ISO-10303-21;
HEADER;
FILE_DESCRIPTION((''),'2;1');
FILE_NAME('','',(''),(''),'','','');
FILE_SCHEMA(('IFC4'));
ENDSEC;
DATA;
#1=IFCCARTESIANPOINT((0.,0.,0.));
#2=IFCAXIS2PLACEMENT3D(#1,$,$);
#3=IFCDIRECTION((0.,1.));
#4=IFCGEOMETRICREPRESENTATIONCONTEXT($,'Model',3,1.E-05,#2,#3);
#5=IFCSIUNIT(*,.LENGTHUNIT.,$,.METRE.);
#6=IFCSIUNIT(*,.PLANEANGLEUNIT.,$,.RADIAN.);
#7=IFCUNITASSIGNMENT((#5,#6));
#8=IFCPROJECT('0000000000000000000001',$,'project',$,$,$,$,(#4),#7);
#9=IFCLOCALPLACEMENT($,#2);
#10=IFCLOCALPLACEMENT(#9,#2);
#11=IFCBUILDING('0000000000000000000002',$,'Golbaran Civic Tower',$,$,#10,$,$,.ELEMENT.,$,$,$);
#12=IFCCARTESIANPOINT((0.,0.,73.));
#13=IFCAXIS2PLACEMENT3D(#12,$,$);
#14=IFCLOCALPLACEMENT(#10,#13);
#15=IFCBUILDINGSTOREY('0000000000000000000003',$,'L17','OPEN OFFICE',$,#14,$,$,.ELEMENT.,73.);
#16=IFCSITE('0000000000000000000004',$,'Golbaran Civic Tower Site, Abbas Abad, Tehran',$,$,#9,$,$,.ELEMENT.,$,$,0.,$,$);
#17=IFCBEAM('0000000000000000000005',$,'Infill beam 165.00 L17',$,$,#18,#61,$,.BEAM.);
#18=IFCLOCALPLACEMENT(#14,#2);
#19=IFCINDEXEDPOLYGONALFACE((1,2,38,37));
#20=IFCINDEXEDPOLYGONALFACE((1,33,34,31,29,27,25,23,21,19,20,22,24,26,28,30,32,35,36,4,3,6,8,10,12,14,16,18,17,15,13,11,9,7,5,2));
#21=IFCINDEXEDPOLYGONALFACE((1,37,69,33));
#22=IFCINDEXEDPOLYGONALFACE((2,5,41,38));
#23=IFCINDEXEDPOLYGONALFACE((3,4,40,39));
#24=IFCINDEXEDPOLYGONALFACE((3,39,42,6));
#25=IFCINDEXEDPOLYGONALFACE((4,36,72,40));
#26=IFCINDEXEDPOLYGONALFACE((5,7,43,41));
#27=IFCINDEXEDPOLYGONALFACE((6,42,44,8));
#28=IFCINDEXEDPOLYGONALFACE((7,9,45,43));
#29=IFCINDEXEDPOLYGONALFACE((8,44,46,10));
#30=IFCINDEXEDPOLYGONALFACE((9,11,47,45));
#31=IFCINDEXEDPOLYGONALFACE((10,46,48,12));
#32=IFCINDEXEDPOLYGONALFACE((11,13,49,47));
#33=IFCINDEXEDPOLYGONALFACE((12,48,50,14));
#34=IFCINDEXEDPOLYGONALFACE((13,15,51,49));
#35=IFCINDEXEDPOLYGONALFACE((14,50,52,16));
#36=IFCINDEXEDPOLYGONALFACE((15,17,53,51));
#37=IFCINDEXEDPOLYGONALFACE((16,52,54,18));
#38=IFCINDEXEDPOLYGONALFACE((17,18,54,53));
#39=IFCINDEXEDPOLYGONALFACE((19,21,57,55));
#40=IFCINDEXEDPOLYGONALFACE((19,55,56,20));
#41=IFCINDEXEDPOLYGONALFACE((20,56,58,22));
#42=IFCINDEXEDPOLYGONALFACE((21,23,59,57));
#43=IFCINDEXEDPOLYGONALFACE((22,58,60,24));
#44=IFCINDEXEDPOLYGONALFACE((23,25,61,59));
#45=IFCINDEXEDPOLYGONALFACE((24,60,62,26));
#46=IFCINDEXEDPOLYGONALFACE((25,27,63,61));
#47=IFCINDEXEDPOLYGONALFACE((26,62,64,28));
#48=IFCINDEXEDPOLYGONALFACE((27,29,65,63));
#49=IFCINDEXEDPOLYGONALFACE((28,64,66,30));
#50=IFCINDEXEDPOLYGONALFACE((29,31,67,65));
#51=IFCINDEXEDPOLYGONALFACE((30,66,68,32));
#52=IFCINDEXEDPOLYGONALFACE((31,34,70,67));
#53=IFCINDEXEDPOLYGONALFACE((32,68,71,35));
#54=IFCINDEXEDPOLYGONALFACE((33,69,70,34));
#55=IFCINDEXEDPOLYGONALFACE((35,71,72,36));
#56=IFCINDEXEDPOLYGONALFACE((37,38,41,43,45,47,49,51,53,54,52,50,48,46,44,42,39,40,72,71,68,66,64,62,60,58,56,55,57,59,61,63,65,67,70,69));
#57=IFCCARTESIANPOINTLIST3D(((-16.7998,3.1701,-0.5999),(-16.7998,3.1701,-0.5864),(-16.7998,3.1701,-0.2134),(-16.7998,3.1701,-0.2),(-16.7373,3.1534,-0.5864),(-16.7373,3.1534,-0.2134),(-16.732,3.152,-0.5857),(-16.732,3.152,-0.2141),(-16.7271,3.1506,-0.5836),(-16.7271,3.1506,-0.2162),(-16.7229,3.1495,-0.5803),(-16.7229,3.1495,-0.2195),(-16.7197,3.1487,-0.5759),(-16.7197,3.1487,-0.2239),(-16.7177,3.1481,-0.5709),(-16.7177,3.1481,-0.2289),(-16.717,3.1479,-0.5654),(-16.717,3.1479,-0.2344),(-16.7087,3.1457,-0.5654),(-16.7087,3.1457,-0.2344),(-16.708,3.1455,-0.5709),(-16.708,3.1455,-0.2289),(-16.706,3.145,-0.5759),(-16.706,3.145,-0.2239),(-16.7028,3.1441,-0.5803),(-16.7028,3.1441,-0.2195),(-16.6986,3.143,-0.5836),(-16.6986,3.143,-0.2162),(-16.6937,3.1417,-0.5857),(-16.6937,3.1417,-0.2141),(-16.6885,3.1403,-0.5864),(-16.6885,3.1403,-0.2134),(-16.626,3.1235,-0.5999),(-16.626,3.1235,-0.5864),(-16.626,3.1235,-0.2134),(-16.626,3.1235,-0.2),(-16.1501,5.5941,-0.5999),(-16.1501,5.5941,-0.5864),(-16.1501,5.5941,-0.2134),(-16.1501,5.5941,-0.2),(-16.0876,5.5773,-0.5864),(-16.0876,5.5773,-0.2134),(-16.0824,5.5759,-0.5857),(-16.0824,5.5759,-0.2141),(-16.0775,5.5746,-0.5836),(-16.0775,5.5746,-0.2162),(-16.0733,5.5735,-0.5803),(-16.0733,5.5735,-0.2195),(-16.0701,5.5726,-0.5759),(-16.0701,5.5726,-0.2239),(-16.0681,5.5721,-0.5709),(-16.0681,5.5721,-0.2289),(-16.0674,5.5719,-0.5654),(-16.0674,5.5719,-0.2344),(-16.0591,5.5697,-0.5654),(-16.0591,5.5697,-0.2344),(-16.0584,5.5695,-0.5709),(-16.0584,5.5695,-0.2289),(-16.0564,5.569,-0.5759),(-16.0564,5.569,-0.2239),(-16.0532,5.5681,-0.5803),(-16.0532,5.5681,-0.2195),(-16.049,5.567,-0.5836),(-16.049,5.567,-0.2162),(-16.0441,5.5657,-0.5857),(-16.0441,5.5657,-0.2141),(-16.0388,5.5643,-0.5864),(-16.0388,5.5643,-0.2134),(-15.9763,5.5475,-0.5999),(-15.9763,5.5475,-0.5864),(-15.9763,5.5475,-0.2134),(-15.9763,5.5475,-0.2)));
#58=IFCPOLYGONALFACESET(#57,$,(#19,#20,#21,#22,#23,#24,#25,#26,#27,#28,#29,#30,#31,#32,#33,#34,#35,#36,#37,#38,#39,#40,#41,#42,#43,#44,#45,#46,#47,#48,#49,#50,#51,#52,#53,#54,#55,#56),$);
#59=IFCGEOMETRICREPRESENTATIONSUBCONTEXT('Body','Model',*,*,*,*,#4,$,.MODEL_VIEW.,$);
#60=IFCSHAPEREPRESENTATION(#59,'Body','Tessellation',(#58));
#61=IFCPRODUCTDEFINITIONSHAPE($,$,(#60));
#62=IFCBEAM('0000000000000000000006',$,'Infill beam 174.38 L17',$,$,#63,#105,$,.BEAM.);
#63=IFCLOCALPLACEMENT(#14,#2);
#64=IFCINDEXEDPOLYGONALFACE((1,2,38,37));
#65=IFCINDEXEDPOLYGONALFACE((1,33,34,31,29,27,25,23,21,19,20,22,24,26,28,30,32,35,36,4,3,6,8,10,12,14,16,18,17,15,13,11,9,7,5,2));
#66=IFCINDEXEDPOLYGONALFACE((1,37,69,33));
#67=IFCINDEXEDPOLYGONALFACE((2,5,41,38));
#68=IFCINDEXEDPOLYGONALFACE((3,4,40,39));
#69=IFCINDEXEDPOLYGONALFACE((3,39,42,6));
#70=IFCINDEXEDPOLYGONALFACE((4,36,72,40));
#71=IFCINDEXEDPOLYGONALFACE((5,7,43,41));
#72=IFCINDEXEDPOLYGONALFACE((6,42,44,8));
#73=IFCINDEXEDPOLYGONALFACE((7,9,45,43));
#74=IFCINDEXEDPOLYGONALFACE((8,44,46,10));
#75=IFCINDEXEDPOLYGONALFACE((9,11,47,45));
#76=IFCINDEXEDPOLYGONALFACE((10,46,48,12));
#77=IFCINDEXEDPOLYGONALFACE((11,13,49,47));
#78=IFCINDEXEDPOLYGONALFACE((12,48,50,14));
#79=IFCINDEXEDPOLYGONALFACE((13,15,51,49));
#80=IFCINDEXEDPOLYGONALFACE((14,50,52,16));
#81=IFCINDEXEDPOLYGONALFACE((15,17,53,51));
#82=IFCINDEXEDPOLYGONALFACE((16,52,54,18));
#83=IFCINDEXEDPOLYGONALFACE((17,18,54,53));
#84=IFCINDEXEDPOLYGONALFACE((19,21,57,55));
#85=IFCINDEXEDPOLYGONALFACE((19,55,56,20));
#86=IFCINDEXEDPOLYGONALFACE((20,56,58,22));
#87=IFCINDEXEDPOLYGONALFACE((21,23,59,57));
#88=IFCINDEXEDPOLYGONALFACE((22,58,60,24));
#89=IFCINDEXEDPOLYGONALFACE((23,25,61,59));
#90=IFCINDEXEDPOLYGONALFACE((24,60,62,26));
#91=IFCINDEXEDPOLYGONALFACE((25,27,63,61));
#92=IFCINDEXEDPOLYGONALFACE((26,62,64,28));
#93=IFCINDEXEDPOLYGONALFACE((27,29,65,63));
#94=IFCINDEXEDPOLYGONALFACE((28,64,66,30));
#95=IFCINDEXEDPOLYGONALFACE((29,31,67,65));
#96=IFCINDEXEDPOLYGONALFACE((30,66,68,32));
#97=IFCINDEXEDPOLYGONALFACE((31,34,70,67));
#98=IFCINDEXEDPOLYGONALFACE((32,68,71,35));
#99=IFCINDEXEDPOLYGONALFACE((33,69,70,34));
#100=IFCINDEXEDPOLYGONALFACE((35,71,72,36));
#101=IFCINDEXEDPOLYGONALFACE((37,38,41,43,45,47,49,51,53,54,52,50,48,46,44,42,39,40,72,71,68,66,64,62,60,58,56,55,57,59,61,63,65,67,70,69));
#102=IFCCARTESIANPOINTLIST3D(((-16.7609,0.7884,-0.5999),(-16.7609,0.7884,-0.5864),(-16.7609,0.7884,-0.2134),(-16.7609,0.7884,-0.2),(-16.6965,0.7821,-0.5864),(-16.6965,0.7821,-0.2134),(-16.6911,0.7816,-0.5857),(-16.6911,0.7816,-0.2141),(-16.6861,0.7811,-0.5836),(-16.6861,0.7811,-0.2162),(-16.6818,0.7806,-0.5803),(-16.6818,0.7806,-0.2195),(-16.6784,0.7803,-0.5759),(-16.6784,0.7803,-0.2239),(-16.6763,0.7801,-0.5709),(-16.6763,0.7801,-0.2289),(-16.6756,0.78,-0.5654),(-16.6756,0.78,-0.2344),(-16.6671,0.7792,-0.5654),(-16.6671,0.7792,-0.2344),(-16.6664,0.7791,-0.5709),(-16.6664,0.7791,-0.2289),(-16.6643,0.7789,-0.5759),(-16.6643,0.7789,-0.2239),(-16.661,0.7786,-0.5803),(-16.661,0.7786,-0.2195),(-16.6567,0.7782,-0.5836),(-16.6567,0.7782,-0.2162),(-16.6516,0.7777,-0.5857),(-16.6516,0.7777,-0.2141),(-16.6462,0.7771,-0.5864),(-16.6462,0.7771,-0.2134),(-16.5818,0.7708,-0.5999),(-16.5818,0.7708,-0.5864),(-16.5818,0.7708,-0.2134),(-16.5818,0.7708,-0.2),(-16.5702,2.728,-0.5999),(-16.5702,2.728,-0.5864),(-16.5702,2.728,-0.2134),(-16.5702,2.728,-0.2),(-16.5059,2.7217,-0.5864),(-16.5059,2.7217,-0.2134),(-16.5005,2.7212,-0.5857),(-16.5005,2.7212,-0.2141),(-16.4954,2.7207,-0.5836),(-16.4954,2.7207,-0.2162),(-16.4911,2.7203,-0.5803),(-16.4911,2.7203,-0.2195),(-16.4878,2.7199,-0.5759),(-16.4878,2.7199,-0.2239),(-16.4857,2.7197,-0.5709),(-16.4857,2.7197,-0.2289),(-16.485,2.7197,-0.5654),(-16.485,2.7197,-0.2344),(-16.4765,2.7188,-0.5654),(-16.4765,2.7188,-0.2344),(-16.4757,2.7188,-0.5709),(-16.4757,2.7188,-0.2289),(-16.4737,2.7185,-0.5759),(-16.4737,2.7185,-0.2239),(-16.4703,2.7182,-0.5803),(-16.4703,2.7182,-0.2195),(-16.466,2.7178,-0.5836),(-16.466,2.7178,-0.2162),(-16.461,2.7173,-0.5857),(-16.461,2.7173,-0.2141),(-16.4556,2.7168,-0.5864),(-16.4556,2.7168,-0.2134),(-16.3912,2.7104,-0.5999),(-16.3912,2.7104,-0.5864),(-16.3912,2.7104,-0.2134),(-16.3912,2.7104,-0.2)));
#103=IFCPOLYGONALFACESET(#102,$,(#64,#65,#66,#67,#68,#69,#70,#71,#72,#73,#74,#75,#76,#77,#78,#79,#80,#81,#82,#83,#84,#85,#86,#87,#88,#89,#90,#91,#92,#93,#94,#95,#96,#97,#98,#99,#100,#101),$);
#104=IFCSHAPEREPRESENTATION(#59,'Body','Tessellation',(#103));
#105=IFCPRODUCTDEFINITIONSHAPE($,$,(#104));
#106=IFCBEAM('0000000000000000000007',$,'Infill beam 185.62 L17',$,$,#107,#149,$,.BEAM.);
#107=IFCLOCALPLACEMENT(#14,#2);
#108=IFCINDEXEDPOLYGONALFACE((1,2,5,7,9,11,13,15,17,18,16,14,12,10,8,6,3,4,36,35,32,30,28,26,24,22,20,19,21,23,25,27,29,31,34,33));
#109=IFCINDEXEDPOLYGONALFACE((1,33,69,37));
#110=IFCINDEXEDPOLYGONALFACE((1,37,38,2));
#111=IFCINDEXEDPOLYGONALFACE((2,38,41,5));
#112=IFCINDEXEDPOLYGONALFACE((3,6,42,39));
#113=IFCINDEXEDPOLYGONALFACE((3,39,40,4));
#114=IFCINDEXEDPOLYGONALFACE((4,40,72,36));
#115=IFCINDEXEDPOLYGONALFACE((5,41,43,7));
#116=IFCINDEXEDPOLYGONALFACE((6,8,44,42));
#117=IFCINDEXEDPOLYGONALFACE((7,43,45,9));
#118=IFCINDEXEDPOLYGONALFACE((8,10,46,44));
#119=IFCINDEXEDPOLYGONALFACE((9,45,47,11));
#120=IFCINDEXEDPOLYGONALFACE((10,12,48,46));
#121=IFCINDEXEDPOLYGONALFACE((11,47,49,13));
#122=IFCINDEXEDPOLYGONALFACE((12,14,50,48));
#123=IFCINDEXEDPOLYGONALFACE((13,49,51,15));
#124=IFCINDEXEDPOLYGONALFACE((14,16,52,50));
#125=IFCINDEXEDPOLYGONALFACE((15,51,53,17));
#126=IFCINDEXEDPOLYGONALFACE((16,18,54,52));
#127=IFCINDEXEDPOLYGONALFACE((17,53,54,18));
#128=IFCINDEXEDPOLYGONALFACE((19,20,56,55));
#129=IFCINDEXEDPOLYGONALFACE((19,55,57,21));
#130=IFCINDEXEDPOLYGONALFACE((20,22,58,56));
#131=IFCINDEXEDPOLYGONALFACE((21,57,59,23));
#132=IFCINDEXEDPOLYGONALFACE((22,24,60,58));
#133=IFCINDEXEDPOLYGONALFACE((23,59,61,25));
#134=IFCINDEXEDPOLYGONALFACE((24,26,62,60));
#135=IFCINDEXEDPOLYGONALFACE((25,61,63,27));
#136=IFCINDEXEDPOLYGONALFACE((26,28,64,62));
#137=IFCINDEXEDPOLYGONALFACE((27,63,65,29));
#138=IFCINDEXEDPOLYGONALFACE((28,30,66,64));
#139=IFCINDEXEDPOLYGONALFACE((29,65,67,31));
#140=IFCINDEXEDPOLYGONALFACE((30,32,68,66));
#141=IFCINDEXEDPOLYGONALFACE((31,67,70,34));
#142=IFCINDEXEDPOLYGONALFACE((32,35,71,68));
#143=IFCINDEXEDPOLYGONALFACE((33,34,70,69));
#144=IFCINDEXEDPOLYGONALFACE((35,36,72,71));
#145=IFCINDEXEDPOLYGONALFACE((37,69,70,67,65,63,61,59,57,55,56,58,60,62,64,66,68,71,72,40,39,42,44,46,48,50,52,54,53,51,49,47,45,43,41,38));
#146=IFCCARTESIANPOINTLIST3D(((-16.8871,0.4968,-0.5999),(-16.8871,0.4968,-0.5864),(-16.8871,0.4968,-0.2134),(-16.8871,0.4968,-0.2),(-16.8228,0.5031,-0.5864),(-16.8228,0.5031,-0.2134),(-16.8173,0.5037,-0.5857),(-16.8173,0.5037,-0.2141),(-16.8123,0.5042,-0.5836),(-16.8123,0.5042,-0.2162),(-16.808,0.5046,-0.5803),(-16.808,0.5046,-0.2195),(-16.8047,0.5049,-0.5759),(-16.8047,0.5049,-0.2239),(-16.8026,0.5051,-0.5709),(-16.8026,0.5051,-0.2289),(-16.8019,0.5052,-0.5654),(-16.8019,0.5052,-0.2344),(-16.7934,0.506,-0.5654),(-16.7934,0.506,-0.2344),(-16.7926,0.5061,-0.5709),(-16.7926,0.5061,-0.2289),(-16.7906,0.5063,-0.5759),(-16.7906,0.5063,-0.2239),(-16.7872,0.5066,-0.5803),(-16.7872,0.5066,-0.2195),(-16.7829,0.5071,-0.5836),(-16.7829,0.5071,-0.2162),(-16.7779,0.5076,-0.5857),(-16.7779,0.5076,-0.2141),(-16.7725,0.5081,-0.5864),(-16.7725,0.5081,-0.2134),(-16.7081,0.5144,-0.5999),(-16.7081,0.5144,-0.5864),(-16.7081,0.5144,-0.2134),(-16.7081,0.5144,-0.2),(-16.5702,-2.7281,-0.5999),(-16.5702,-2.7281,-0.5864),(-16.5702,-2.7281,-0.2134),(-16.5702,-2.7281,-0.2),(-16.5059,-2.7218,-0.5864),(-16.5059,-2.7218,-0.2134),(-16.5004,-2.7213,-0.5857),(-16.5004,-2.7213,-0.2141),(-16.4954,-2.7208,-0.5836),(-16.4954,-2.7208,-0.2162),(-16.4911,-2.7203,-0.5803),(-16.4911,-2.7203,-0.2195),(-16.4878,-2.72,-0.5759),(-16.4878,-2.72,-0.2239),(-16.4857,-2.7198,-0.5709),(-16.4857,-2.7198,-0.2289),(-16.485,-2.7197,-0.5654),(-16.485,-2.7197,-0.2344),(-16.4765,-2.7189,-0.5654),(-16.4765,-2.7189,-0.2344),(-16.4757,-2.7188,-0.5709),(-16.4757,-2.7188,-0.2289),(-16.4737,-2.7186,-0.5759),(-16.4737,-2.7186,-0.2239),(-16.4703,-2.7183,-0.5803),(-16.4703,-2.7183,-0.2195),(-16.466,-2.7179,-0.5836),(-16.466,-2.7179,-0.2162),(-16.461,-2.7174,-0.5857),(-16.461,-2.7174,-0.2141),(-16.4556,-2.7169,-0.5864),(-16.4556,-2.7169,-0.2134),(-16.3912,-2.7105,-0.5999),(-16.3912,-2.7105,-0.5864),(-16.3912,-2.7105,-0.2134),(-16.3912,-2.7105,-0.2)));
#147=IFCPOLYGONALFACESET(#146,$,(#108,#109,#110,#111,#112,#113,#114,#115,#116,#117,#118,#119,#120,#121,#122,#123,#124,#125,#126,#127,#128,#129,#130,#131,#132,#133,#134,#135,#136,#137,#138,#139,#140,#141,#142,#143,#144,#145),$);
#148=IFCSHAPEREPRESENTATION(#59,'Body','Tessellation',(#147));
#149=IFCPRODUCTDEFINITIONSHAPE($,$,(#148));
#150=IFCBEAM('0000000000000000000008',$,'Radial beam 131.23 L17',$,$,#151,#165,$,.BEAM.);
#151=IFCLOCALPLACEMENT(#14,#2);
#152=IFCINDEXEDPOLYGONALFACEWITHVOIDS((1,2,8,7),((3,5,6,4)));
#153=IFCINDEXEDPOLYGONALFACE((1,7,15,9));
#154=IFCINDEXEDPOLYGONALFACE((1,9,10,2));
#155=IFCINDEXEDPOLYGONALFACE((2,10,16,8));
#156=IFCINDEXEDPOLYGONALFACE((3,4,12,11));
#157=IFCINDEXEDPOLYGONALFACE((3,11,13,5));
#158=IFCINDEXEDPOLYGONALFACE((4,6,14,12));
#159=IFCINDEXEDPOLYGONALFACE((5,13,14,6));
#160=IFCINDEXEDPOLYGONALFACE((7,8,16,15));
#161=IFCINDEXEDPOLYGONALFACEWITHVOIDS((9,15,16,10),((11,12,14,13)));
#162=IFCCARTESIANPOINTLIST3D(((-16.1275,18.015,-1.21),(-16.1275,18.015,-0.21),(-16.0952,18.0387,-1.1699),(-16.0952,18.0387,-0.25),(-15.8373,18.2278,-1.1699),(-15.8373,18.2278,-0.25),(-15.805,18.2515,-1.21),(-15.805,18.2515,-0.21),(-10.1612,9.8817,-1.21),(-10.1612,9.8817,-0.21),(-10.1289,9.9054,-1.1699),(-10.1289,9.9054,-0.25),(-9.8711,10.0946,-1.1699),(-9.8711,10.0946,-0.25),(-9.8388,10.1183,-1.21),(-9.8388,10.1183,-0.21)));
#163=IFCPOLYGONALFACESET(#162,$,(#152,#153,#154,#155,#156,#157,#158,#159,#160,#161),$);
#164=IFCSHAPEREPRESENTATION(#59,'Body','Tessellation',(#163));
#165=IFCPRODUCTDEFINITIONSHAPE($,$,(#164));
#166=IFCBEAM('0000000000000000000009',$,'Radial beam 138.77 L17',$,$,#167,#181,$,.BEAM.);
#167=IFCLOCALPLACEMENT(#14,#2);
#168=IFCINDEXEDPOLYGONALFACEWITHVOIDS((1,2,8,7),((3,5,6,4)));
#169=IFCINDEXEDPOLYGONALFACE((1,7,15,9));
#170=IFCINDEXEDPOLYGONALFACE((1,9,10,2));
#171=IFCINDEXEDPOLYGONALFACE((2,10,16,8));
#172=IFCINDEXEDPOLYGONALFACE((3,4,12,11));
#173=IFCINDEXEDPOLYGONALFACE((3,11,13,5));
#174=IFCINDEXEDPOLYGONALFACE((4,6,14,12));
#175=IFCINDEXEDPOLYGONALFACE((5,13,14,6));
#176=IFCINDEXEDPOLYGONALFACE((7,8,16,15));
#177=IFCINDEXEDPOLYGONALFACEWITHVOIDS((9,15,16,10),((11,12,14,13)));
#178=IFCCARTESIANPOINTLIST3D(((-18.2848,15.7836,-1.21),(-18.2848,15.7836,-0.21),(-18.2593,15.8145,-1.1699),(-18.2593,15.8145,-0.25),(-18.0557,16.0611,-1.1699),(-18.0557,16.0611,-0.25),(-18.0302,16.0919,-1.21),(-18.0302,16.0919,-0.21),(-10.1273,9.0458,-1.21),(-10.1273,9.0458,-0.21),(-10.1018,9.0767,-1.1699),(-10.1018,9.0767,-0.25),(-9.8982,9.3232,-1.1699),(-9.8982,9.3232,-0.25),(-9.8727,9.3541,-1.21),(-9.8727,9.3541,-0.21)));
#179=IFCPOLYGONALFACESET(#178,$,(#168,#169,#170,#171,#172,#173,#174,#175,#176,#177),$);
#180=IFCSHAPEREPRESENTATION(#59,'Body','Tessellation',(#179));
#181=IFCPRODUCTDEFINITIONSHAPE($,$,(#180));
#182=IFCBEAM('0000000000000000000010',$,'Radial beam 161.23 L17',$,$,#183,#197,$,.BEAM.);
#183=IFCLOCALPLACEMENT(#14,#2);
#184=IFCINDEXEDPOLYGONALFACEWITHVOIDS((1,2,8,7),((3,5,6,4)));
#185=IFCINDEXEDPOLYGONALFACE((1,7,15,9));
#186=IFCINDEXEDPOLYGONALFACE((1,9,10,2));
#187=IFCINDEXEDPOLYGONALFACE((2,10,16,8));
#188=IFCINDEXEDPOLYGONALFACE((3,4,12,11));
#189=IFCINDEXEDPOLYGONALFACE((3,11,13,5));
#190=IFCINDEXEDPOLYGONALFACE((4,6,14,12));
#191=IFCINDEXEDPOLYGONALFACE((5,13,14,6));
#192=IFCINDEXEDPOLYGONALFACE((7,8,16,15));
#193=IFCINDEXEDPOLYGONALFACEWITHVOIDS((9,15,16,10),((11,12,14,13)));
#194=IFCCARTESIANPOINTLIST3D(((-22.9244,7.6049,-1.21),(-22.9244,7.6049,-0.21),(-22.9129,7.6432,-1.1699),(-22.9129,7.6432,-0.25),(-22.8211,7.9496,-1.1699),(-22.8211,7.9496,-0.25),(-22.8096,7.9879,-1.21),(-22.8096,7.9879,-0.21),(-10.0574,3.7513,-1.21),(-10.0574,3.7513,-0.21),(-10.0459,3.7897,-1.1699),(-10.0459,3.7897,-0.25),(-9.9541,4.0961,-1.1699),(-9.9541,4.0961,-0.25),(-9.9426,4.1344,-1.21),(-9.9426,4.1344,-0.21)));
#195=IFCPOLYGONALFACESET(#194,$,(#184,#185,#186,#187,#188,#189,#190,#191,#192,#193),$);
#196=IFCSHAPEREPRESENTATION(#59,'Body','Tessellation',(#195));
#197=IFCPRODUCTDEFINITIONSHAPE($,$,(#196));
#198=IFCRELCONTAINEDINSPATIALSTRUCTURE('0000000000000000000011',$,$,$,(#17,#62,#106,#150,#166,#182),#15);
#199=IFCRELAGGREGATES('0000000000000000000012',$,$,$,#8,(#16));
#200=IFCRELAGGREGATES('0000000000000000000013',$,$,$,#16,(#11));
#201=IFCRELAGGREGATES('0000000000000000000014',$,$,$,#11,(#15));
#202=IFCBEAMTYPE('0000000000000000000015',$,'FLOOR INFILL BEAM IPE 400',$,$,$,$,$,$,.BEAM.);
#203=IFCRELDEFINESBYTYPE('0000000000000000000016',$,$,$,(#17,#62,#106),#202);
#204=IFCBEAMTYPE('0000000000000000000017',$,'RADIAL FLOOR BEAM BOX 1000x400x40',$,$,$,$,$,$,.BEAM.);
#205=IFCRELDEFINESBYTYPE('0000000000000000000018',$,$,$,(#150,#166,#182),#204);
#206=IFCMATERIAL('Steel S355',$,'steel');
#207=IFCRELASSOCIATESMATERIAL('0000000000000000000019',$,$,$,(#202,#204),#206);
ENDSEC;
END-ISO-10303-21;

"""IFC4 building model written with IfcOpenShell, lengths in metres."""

from ifc_helpers import new_model, si_unit, direction, frame, origin, origin_2d, place, context, subcontext, project, spatial, hollow_rectangle, i_section, extrude, material, material_profile, profile_set, type_object, element, save


model = new_model("IFC4")

# Units and contexts
model_context = context("Model", 3, precision=1e-05, world=origin(), true_north=direction((0.0, 1.0)))
body_context = subcontext(model_context, "Body", "Model", "MODEL_VIEW")
ifc_project = project(units=[si_unit("LENGTHUNIT", "METRE"), si_unit("PLANEANGLEUNIT", "RADIAN")], contexts=[model_context])

# Site, building, storey
site_placement = place(None, origin())
site = spatial("IfcSite", under=ifc_project, at=site_placement, Name="Golbaran Civic Tower Site, Abbas Abad, Tehran", CompositionType="ELEMENT", RefElevation=0.0)
building_placement = place(site_placement, origin())
building = spatial("IfcBuilding", under=site, at=building_placement, Name="Golbaran Civic Tower", CompositionType="ELEMENT")
storey_placement = place(building_placement, frame((0.0, 0.0, 73.0)))
storey = spatial("IfcBuildingStorey", under=building, at=storey_placement, Name="L17", Description="OPEN OFFICE", CompositionType="ELEMENT", Elevation=73.0)

# Beams
ifc_material_1 = material(Name="Steel S355", Category="steel")
ifc_material_profile_1 = material_profile(ifc_material_1, i_section(OverallWidth=0.1799, OverallDepth=0.3999, WebThickness=0.0085, FlangeThickness=0.0134, FilletRadius=0.021, at=origin_2d()), Name="IPE 400")
ifc_profile_set_1 = profile_set([ifc_material_profile_1], Name="Steel S355")
beam_type_1 = type_object("IfcBeamType", Name="FLOOR INFILL BEAM IPE 400", PredefinedType="BEAM", material=ifc_profile_set_1)
beam_1_placement = place(storey_placement, frame((-16.0632, 5.5708, -0.3999), z_axis=(-0.258867, -0.965913, 0.0), x_axis=(0.965913, -0.258867, 0.0)))
element("IfcBeam", 1, at=beam_1_placement, inside=storey, type_object=beam_type_1, Name="Infill beam 165.00 L17", PredefinedType="BEAM", context=body_context, shape_type="SweptSolid", body=[
    extrude(i_section(OverallWidth=0.1799, OverallDepth=0.3999, WebThickness=0.0085, FlangeThickness=0.0134, FilletRadius=0.021, at=origin_2d()), origin(), (0.0, 0.0, 1.0), 2.5095),
])
beam_2_placement = place(storey_placement, frame((-16.4807, 2.7192, -0.3999), z_axis=(-0.097829, -0.995203, 0.0), x_axis=(0.995203, -0.097829, 0.0)))
element("IfcBeam", 2, at=beam_2_placement, inside=storey, type_object=beam_type_1, Name="Infill beam 174.38 L17", PredefinedType="BEAM", context=body_context, shape_type="SweptSolid", body=[
    extrude(i_section(OverallWidth=0.1799, OverallDepth=0.3999, WebThickness=0.0085, FlangeThickness=0.0134, FilletRadius=0.021, at=origin_2d()), origin(), (0.0, 0.0, 1.0), 1.949),
])
beam_3_placement = place(storey_placement, frame((-16.7976, 0.5056, -0.3999), z_axis=(0.097795, -0.995207, 0.0), x_axis=(0.995207, 0.097795, 0.0)))
element("IfcBeam", 3, at=beam_3_placement, inside=storey, type_object=beam_type_1, Name="Infill beam 185.62 L17", PredefinedType="BEAM", context=body_context, shape_type="SweptSolid", body=[
    extrude(i_section(OverallWidth=0.1799, OverallDepth=0.3999, WebThickness=0.0085, FlangeThickness=0.0134, FilletRadius=0.021, at=origin_2d()), origin(), (0.0, 0.0, 1.0), 3.2405),
])
ifc_material_profile_2 = material_profile(ifc_material_1, hollow_rectangle(XDim=0.3999, YDim=1.0, WallThickness=0.04, at=origin_2d()), Name="BOX 1000x400x40")
ifc_profile_set_2 = profile_set([ifc_material_profile_2], Name="Steel S355")
beam_type_2 = type_object("IfcBeamType", Name="RADIAL FLOOR BEAM BOX 1000x400x40", PredefinedType="BEAM", material=ifc_profile_set_2)
beam_4_placement = place(storey_placement, frame((-10.0, 10.0, -0.71), z_axis=(-0.591485, 0.806316, 0.0), x_axis=(-0.806316, -0.591485, 0.0)))
element("IfcBeam", 4, at=beam_4_placement, inside=storey, type_object=beam_type_2, Name="Radial beam 131.23 L17", PredefinedType="BEAM", context=body_context, shape_type="SweptSolid", body=[
    extrude(hollow_rectangle(XDim=0.3999, YDim=1.0, WallThickness=0.04, at=origin_2d()), origin(), (0.0, 0.0, 1.0), 10.0869),
])
beam_5_placement = place(storey_placement, frame((-10.0, 9.2, -0.71), z_axis=(-0.771008, 0.636826, 0.0), x_axis=(-0.636826, -0.771008, 0.0)))
element("IfcBeam", 5, at=beam_5_placement, inside=storey, type_object=beam_type_2, Name="Radial beam 138.77 L17", PredefinedType="BEAM", context=body_context, shape_type="SweptSolid", body=[
    extrude(hollow_rectangle(XDim=0.3999, YDim=1.0, WallThickness=0.04, at=origin_2d()), origin(), (0.0, 0.0, 1.0), 10.5803),
])
beam_6_placement = place(storey_placement, frame((-10.0, 3.9429, -0.71), z_axis=(-0.957961, 0.286899, 0.0), x_axis=(-0.286899, -0.957961, 0.0)))
element("IfcBeam", 6, at=beam_6_placement, inside=storey, type_object=beam_type_2, Name="Radial beam 161.23 L17", PredefinedType="BEAM", context=body_context, shape_type="SweptSolid", body=[
    extrude(hollow_rectangle(XDim=0.3999, YDim=1.0, WallThickness=0.04, at=origin_2d()), origin(), (0.0, 0.0, 1.0), 13.4316),
])

save(model, "model.ifc")
